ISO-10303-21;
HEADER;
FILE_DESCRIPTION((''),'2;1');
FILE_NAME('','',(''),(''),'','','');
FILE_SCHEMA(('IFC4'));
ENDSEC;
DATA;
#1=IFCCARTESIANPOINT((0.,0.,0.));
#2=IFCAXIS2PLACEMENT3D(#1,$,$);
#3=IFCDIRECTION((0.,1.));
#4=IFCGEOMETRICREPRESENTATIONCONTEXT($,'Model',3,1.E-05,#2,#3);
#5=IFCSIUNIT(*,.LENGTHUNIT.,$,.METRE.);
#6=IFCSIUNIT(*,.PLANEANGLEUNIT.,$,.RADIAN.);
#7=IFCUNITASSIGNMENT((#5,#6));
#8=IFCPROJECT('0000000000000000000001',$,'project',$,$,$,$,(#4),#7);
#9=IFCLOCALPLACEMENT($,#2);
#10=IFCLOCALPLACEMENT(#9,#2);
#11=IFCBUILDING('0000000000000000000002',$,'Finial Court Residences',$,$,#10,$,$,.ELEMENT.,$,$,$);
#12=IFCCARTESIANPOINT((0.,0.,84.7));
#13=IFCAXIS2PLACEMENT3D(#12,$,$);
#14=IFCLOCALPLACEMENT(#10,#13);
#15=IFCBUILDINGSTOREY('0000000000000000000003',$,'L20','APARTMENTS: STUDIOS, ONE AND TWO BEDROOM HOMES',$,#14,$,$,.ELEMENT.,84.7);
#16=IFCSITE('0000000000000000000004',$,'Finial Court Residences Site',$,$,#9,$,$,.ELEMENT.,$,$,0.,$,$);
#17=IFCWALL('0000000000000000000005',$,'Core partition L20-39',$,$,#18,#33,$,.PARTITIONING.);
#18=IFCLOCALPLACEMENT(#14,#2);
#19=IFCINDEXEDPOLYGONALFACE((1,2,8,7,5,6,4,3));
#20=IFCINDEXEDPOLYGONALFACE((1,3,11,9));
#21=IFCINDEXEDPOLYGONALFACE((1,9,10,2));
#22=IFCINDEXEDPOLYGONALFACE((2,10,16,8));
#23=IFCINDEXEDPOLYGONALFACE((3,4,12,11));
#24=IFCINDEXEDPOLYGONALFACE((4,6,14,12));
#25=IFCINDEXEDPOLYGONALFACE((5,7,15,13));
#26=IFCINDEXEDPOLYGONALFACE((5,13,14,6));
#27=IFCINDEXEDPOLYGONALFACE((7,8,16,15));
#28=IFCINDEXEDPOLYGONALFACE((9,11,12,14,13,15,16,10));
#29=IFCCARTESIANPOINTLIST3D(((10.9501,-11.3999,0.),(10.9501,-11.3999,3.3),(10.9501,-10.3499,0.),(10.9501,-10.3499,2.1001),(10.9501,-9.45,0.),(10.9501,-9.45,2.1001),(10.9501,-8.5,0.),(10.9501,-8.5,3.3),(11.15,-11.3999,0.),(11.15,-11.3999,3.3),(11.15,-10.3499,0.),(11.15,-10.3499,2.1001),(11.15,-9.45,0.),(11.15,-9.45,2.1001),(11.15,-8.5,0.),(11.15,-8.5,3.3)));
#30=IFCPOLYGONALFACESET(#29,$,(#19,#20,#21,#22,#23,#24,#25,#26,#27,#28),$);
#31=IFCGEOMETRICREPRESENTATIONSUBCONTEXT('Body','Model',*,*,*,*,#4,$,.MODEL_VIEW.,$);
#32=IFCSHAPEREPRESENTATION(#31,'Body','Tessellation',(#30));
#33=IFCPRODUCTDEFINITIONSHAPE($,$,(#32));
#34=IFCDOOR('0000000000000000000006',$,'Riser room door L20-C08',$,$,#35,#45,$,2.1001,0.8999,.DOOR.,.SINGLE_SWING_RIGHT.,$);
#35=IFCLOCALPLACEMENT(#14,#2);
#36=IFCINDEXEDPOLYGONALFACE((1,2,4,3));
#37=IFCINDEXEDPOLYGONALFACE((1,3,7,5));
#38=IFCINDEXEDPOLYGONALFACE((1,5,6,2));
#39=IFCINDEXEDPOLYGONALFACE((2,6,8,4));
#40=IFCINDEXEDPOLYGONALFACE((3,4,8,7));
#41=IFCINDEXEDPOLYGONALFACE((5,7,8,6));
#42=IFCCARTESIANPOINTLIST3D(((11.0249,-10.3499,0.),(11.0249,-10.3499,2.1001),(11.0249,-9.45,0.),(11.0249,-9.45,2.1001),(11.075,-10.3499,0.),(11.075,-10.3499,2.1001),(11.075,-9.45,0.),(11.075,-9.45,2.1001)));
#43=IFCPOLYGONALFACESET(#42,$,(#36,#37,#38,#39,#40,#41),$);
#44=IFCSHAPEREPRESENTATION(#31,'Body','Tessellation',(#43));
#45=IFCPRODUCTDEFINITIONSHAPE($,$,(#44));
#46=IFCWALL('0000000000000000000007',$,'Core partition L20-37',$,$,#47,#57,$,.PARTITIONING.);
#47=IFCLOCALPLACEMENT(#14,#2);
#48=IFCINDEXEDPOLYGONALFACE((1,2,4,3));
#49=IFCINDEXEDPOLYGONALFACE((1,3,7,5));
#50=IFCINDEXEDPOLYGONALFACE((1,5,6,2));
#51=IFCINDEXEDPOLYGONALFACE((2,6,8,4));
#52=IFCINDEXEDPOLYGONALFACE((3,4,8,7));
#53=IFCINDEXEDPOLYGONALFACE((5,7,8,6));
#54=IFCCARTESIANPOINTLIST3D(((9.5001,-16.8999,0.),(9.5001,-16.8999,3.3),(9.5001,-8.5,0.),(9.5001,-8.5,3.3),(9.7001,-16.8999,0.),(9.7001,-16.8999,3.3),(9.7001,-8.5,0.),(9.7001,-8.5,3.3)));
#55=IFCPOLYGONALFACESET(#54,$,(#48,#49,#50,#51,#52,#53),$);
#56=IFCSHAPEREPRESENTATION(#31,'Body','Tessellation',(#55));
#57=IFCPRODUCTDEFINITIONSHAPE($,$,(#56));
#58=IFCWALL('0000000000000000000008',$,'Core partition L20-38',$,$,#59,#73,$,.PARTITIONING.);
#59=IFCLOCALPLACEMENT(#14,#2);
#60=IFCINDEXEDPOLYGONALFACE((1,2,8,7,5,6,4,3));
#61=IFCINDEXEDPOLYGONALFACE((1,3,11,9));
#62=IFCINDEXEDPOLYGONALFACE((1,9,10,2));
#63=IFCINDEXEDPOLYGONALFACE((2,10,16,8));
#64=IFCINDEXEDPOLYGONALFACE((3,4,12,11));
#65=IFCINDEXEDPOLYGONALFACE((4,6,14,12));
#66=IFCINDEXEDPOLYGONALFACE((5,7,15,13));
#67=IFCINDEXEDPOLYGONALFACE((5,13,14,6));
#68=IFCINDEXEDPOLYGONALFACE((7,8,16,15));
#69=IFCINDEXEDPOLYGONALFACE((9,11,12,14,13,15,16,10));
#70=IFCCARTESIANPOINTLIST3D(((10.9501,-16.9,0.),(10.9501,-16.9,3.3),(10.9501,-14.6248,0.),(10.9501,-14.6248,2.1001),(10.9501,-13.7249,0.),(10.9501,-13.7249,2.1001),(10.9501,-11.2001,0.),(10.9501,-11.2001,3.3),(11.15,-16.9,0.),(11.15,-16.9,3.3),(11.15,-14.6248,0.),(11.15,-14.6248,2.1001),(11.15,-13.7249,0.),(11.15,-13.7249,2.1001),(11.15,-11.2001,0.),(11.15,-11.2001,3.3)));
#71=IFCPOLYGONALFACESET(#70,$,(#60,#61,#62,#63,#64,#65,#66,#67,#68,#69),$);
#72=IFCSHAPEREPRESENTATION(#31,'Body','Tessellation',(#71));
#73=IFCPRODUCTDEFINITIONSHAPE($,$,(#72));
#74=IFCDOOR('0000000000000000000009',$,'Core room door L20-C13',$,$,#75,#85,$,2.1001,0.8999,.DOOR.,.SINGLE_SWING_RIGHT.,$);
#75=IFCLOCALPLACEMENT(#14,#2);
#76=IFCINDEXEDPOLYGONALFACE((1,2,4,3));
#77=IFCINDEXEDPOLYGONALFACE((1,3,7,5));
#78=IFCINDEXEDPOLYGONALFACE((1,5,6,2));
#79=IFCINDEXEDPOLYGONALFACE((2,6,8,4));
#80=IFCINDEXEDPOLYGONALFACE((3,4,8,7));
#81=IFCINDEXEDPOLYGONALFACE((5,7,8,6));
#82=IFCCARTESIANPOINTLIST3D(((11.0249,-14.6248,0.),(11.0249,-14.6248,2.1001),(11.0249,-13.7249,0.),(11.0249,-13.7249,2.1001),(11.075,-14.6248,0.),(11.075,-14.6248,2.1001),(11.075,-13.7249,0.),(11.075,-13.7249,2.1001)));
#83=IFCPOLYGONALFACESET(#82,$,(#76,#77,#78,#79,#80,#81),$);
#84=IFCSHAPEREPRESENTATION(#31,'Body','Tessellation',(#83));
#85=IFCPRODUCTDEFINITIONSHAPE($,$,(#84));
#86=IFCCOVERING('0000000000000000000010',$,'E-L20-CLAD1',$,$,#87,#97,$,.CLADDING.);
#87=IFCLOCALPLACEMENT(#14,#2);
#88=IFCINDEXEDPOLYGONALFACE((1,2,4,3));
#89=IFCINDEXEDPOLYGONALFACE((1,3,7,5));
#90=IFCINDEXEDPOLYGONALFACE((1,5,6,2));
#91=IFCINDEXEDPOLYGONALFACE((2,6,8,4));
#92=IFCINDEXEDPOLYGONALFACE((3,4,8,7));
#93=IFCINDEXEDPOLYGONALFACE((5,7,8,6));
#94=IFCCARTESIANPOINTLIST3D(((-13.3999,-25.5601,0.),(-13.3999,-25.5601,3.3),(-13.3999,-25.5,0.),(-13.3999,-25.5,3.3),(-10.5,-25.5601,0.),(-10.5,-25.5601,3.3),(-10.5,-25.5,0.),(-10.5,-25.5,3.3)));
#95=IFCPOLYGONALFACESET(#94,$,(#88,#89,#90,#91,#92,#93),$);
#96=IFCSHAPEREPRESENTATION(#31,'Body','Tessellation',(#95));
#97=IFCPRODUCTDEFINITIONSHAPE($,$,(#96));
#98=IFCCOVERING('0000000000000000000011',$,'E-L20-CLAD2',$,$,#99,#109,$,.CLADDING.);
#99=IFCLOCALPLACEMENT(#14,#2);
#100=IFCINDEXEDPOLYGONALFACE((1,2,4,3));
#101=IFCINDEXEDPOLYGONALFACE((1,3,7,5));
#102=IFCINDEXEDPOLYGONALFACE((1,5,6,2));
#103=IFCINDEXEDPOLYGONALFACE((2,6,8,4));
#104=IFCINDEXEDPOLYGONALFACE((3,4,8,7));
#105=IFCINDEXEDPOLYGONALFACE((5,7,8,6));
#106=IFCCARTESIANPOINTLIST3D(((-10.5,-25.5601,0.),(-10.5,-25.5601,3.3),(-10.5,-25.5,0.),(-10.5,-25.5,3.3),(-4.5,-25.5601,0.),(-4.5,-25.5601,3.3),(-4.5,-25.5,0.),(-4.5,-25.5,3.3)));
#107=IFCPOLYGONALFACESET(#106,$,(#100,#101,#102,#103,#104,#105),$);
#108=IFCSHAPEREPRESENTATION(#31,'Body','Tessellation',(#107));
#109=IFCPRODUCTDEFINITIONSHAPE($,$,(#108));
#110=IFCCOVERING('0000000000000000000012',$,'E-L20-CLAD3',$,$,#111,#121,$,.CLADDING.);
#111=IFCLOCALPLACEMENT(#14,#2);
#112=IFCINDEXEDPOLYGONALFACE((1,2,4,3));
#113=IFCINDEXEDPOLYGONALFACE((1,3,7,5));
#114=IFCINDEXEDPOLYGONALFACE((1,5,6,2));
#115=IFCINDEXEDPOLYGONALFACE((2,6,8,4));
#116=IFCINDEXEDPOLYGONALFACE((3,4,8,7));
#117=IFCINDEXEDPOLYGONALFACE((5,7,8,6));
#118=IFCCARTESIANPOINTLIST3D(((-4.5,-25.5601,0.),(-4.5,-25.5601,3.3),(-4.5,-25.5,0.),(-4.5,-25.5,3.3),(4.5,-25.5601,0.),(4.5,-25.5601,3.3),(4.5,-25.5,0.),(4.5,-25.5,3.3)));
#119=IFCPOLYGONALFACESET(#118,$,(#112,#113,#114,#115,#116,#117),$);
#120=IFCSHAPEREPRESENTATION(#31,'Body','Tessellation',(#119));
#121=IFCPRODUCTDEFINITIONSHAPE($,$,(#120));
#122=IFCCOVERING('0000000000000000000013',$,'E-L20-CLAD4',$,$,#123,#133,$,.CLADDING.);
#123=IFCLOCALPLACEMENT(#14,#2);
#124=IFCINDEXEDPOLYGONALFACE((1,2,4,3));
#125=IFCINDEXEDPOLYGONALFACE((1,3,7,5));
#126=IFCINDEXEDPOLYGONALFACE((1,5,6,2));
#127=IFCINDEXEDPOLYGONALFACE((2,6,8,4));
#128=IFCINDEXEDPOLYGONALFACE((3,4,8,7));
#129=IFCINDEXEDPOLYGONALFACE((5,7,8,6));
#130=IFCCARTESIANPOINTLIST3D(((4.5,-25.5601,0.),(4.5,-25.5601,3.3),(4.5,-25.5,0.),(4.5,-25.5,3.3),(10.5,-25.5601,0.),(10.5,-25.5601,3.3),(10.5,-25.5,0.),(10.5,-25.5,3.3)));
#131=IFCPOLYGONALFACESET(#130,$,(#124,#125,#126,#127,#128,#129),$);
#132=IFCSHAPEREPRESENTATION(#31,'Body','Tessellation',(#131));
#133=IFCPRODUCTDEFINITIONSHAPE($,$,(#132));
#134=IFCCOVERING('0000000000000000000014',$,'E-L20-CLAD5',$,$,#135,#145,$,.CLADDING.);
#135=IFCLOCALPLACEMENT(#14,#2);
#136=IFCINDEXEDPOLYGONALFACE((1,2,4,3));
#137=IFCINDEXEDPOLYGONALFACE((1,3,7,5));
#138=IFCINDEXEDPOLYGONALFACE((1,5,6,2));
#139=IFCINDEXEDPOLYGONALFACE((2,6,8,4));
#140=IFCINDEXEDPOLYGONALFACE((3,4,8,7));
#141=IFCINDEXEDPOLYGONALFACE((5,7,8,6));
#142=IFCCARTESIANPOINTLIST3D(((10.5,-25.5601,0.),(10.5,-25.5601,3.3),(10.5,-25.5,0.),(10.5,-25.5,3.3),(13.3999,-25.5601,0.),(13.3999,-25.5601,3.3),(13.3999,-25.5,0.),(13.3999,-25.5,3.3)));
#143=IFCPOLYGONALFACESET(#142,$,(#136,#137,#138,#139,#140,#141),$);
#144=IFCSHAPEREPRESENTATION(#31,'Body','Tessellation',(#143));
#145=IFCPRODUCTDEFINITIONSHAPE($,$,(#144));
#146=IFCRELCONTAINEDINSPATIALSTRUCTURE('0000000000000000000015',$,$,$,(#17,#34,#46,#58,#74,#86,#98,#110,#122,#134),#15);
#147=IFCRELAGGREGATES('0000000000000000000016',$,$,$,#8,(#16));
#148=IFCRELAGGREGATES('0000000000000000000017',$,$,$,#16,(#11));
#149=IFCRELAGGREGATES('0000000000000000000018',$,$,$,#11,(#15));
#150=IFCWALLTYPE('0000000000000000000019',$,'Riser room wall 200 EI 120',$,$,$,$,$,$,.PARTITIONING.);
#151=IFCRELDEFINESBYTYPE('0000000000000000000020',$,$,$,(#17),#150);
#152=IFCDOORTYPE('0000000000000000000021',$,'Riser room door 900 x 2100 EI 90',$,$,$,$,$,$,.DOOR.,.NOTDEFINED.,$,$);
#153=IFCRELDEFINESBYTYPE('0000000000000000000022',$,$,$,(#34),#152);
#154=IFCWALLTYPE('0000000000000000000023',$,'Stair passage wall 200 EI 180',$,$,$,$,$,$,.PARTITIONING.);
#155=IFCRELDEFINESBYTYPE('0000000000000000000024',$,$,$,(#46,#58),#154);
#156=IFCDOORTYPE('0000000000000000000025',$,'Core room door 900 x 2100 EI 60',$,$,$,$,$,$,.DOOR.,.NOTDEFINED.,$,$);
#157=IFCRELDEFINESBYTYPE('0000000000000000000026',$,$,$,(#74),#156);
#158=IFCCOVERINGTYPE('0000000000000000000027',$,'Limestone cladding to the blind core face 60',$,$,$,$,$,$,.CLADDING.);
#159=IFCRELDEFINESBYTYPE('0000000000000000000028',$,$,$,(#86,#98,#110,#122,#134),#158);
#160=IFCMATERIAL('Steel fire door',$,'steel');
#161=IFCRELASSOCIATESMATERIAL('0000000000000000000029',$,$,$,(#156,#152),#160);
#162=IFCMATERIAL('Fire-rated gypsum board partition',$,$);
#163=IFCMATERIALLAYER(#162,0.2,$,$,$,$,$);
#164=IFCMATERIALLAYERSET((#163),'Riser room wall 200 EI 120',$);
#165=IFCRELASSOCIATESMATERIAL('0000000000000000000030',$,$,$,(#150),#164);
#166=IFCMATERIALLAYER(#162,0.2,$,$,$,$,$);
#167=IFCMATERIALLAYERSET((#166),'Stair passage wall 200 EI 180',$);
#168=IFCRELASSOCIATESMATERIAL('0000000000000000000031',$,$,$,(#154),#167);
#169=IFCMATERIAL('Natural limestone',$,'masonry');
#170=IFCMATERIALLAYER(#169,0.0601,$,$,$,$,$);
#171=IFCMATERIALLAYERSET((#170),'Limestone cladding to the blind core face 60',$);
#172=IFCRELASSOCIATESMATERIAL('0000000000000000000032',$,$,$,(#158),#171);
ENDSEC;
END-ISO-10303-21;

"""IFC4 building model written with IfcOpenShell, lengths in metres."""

from ifc_helpers import new_model, si_unit, direction, frame, frame_2d, origin, place, context, subcontext, project, spatial, polyline, rectangle, outline, extrude, material, layer, layer_set, type_object, element, fill, save


model = new_model("IFC4")

# Units and contexts
model_context = context("Model", 3, precision=1e-05, world=origin(), true_north=direction((0.0, 1.0)))
body_context = subcontext(model_context, "Body", "Model", "MODEL_VIEW")
ifc_project = project(units=[si_unit("LENGTHUNIT", "METRE"), si_unit("PLANEANGLEUNIT", "RADIAN")], contexts=[model_context])

# Site, building, storey
site_placement = place(None, origin())
site = spatial("IfcSite", under=ifc_project, at=site_placement, Name="Finial Court Residences Site", CompositionType="ELEMENT", RefElevation=0.0)
building_placement = place(site_placement, origin())
building = spatial("IfcBuilding", under=site, at=building_placement, Name="Finial Court Residences", CompositionType="ELEMENT")
storey_placement = place(building_placement, frame((0.0, 0.0, 84.7)))
storey = spatial("IfcBuildingStorey", under=building, at=storey_placement, Name="L20", Description="APARTMENTS: STUDIOS, ONE AND TWO BEDROOM HOMES", CompositionType="ELEMENT", Elevation=84.7)

# Shared definitions
ifc_material_1 = material(Name="Fire-rated gypsum board partition")

# Shared definitions
ifc_material_2 = material(Name="Steel fire door", Category="steel")
door_type_1 = type_object("IfcDoorType", Name="Core room door 900 x 2100 EI 60", OperationType="NOTDEFINED", PredefinedType="DOOR", material=ifc_material_2)

# Shared definitions
ifc_layer_1 = layer(ifc_material_1, 0.2)
ifc_layer_set_1 = layer_set([ifc_layer_1], Name="Riser room wall 200 EI 120")
wall_type_1 = type_object("IfcWallType", Name="Riser room wall 200 EI 120", PredefinedType="PARTITIONING", material=ifc_layer_set_1)

# Wall, opening, door
wall_1_placement = place(storey_placement, frame((11.05, -8.5, 0.0), z_axis=(0.0, 0.0, 1.0), x_axis=(0.0, -1.0, 0.0)))
wall_1 = element("IfcWall", 1, at=wall_1_placement, inside=storey, type_object=wall_type_1, Name="Core partition L20-39", PredefinedType="PARTITIONING", context=body_context, shape_type="SweptSolid", body=[
    extrude(rectangle(XDim=2.8999, YDim=0.2, at=frame_2d((1.45, 0.0))), origin(), (0.0, 0.0, 1.0), 3.3),
])
opening_1_placement = place(wall_1_placement, frame((0.95, 0.0, 0.0)))
opening_1 = element("IfcOpeningElement", 2, at=opening_1_placement, cuts=wall_1, PredefinedType="OPENING", context=body_context, shape_type="SweptSolid", body=[
    extrude(rectangle(XDim=0.8999, YDim=2.1001, at=frame_2d((0.45, 1.05))), frame((0.0, 0.1099, 0.0), z_axis=(0.0, -1.0, 0.0), x_axis=(1.0, 0.0, 0.0)), (0.0, 0.0, 1.0), 0.22),
])
door_type_2 = type_object("IfcDoorType", Name="Riser room door 900 x 2100 EI 90", OperationType="NOTDEFINED", PredefinedType="DOOR", material=ifc_material_2)
door_1_placement = place(opening_1_placement, origin())
door_1 = element("IfcDoor", 3, at=door_1_placement, inside=storey, type_object=door_type_2, Name="Riser room door L20-C08", OperationType="SINGLE_SWING_RIGHT", OverallHeight=2.1001, OverallWidth=0.8999, PredefinedType="DOOR", context=body_context, shape_type="SweptSolid", body=[
    extrude(rectangle(XDim=0.8999, YDim=2.1001, at=frame_2d((0.45, 1.05))), frame((0.0, 0.0249, 0.0), z_axis=(0.0, -1.0, 0.0), x_axis=(1.0, 0.0, 0.0)), (0.0, 0.0, 1.0), 0.05),
])
fill(opening_1, door_1)

# Wall
ifc_layer_2 = layer(ifc_material_1, 0.2)
ifc_layer_set_2 = layer_set([ifc_layer_2], Name="Stair passage wall 200 EI 180")
wall_type_2 = type_object("IfcWallType", Name="Stair passage wall 200 EI 180", PredefinedType="PARTITIONING", material=ifc_layer_set_2)
wall_2_placement = place(storey_placement, frame((9.6001, -16.8999, 0.0), z_axis=(0.0, 0.0, 1.0), x_axis=(0.0, 1.0, 0.0)))
element("IfcWall", 4, at=wall_2_placement, inside=storey, type_object=wall_type_2, Name="Core partition L20-37", PredefinedType="PARTITIONING", context=body_context, shape_type="SweptSolid", body=[
    extrude(rectangle(XDim=8.3999, YDim=0.2, at=frame_2d((4.2, 0.0))), origin(), (0.0, 0.0, 1.0), 3.3),
])

# Wall, opening, door
wall_3_placement = place(storey_placement, frame((11.05, -11.2, 0.0), z_axis=(0.0, 0.0, 1.0), x_axis=(0.0, -1.0, 0.0)))
wall_3 = element("IfcWall", 5, at=wall_3_placement, inside=storey, type_object=wall_type_2, Name="Core partition L20-38", PredefinedType="PARTITIONING", context=body_context, shape_type="SweptSolid", body=[
    extrude(rectangle(XDim=5.7, YDim=0.2, at=frame_2d((2.8501, 0.0))), origin(), (0.0, 0.0, 1.0), 3.3),
])
opening_2_placement = place(wall_3_placement, frame((2.5249, 0.0, 0.0)))
opening_2 = element("IfcOpeningElement", 6, at=opening_2_placement, cuts=wall_3, PredefinedType="OPENING", context=body_context, shape_type="SweptSolid", body=[
    extrude(rectangle(XDim=0.8999, YDim=2.1001, at=frame_2d((0.45, 1.05))), frame((0.0, 0.1099, 0.0), z_axis=(0.0, -1.0, 0.0), x_axis=(1.0, 0.0, 0.0)), (0.0, 0.0, 1.0), 0.22),
])
door_2_placement = place(opening_2_placement, origin())
door_2 = element("IfcDoor", 7, at=door_2_placement, inside=storey, type_object=door_type_1, Name="Core room door L20-C13", OperationType="SINGLE_SWING_RIGHT", OverallHeight=2.1001, OverallWidth=0.8999, PredefinedType="DOOR", context=body_context, shape_type="SweptSolid", body=[
    extrude(rectangle(XDim=0.8999, YDim=2.1001, at=frame_2d((0.45, 1.05))), frame((0.0, 0.0249, 0.0), z_axis=(0.0, -1.0, 0.0), x_axis=(1.0, 0.0, 0.0)), (0.0, 0.0, 1.0), 0.05),
])
fill(opening_2, door_2)

# Coverings
ifc_material_3 = material(Name="Natural limestone", Category="masonry")
ifc_layer_3 = layer(ifc_material_3, 0.0601)
ifc_layer_set_3 = layer_set([ifc_layer_3], Name="Limestone cladding to the blind core face 60")
covering_type = type_object("IfcCoveringType", Name="Limestone cladding to the blind core face 60", PredefinedType="CLADDING", material=ifc_layer_set_3)
covering_1_placement = place(storey_placement, origin())
element("IfcCovering", 8, at=covering_1_placement, inside=storey, type_object=covering_type, Name="E-L20-CLAD1", PredefinedType="CLADDING", context=body_context, shape_type="SweptSolid", body=[
    extrude(outline(polyline([(-10.5, -25.5601), (-10.5, -25.5), (-13.3999, -25.5), (-13.3999, -25.5601), (-10.5, -25.5601)])), origin(), (0.0, 0.0, 1.0), 3.3),
])
covering_2_placement = place(storey_placement, origin())
element("IfcCovering", 9, at=covering_2_placement, inside=storey, type_object=covering_type, Name="E-L20-CLAD2", PredefinedType="CLADDING", context=body_context, shape_type="SweptSolid", body=[
    extrude(outline(polyline([(-4.5, -25.5601), (-4.5, -25.5), (-10.5, -25.5), (-10.5, -25.5601), (-4.5, -25.5601)])), origin(), (0.0, 0.0, 1.0), 3.3),
])
covering_3_placement = place(storey_placement, origin())
element("IfcCovering", 10, at=covering_3_placement, inside=storey, type_object=covering_type, Name="E-L20-CLAD3", PredefinedType="CLADDING", context=body_context, shape_type="SweptSolid", body=[
    extrude(outline(polyline([(4.5, -25.5601), (4.5, -25.5), (-4.5, -25.5), (-4.5, -25.5601), (4.5, -25.5601)])), origin(), (0.0, 0.0, 1.0), 3.3),
])
covering_4_placement = place(storey_placement, origin())
element("IfcCovering", 11, at=covering_4_placement, inside=storey, type_object=covering_type, Name="E-L20-CLAD4", PredefinedType="CLADDING", context=body_context, shape_type="SweptSolid", body=[
    extrude(outline(polyline([(10.5, -25.5601), (10.5, -25.5), (4.5, -25.5), (4.5, -25.5601), (10.5, -25.5601)])), origin(), (0.0, 0.0, 1.0), 3.3),
])
covering_5_placement = place(storey_placement, origin())
element("IfcCovering", 12, at=covering_5_placement, inside=storey, type_object=covering_type, Name="E-L20-CLAD5", PredefinedType="CLADDING", context=body_context, shape_type="SweptSolid", body=[
    extrude(outline(polyline([(13.3999, -25.5601), (13.3999, -25.5), (10.5, -25.5), (10.5, -25.5601), (13.3999, -25.5601)])), origin(), (0.0, 0.0, 1.0), 3.3),
])

save(model, "model.ifc")
